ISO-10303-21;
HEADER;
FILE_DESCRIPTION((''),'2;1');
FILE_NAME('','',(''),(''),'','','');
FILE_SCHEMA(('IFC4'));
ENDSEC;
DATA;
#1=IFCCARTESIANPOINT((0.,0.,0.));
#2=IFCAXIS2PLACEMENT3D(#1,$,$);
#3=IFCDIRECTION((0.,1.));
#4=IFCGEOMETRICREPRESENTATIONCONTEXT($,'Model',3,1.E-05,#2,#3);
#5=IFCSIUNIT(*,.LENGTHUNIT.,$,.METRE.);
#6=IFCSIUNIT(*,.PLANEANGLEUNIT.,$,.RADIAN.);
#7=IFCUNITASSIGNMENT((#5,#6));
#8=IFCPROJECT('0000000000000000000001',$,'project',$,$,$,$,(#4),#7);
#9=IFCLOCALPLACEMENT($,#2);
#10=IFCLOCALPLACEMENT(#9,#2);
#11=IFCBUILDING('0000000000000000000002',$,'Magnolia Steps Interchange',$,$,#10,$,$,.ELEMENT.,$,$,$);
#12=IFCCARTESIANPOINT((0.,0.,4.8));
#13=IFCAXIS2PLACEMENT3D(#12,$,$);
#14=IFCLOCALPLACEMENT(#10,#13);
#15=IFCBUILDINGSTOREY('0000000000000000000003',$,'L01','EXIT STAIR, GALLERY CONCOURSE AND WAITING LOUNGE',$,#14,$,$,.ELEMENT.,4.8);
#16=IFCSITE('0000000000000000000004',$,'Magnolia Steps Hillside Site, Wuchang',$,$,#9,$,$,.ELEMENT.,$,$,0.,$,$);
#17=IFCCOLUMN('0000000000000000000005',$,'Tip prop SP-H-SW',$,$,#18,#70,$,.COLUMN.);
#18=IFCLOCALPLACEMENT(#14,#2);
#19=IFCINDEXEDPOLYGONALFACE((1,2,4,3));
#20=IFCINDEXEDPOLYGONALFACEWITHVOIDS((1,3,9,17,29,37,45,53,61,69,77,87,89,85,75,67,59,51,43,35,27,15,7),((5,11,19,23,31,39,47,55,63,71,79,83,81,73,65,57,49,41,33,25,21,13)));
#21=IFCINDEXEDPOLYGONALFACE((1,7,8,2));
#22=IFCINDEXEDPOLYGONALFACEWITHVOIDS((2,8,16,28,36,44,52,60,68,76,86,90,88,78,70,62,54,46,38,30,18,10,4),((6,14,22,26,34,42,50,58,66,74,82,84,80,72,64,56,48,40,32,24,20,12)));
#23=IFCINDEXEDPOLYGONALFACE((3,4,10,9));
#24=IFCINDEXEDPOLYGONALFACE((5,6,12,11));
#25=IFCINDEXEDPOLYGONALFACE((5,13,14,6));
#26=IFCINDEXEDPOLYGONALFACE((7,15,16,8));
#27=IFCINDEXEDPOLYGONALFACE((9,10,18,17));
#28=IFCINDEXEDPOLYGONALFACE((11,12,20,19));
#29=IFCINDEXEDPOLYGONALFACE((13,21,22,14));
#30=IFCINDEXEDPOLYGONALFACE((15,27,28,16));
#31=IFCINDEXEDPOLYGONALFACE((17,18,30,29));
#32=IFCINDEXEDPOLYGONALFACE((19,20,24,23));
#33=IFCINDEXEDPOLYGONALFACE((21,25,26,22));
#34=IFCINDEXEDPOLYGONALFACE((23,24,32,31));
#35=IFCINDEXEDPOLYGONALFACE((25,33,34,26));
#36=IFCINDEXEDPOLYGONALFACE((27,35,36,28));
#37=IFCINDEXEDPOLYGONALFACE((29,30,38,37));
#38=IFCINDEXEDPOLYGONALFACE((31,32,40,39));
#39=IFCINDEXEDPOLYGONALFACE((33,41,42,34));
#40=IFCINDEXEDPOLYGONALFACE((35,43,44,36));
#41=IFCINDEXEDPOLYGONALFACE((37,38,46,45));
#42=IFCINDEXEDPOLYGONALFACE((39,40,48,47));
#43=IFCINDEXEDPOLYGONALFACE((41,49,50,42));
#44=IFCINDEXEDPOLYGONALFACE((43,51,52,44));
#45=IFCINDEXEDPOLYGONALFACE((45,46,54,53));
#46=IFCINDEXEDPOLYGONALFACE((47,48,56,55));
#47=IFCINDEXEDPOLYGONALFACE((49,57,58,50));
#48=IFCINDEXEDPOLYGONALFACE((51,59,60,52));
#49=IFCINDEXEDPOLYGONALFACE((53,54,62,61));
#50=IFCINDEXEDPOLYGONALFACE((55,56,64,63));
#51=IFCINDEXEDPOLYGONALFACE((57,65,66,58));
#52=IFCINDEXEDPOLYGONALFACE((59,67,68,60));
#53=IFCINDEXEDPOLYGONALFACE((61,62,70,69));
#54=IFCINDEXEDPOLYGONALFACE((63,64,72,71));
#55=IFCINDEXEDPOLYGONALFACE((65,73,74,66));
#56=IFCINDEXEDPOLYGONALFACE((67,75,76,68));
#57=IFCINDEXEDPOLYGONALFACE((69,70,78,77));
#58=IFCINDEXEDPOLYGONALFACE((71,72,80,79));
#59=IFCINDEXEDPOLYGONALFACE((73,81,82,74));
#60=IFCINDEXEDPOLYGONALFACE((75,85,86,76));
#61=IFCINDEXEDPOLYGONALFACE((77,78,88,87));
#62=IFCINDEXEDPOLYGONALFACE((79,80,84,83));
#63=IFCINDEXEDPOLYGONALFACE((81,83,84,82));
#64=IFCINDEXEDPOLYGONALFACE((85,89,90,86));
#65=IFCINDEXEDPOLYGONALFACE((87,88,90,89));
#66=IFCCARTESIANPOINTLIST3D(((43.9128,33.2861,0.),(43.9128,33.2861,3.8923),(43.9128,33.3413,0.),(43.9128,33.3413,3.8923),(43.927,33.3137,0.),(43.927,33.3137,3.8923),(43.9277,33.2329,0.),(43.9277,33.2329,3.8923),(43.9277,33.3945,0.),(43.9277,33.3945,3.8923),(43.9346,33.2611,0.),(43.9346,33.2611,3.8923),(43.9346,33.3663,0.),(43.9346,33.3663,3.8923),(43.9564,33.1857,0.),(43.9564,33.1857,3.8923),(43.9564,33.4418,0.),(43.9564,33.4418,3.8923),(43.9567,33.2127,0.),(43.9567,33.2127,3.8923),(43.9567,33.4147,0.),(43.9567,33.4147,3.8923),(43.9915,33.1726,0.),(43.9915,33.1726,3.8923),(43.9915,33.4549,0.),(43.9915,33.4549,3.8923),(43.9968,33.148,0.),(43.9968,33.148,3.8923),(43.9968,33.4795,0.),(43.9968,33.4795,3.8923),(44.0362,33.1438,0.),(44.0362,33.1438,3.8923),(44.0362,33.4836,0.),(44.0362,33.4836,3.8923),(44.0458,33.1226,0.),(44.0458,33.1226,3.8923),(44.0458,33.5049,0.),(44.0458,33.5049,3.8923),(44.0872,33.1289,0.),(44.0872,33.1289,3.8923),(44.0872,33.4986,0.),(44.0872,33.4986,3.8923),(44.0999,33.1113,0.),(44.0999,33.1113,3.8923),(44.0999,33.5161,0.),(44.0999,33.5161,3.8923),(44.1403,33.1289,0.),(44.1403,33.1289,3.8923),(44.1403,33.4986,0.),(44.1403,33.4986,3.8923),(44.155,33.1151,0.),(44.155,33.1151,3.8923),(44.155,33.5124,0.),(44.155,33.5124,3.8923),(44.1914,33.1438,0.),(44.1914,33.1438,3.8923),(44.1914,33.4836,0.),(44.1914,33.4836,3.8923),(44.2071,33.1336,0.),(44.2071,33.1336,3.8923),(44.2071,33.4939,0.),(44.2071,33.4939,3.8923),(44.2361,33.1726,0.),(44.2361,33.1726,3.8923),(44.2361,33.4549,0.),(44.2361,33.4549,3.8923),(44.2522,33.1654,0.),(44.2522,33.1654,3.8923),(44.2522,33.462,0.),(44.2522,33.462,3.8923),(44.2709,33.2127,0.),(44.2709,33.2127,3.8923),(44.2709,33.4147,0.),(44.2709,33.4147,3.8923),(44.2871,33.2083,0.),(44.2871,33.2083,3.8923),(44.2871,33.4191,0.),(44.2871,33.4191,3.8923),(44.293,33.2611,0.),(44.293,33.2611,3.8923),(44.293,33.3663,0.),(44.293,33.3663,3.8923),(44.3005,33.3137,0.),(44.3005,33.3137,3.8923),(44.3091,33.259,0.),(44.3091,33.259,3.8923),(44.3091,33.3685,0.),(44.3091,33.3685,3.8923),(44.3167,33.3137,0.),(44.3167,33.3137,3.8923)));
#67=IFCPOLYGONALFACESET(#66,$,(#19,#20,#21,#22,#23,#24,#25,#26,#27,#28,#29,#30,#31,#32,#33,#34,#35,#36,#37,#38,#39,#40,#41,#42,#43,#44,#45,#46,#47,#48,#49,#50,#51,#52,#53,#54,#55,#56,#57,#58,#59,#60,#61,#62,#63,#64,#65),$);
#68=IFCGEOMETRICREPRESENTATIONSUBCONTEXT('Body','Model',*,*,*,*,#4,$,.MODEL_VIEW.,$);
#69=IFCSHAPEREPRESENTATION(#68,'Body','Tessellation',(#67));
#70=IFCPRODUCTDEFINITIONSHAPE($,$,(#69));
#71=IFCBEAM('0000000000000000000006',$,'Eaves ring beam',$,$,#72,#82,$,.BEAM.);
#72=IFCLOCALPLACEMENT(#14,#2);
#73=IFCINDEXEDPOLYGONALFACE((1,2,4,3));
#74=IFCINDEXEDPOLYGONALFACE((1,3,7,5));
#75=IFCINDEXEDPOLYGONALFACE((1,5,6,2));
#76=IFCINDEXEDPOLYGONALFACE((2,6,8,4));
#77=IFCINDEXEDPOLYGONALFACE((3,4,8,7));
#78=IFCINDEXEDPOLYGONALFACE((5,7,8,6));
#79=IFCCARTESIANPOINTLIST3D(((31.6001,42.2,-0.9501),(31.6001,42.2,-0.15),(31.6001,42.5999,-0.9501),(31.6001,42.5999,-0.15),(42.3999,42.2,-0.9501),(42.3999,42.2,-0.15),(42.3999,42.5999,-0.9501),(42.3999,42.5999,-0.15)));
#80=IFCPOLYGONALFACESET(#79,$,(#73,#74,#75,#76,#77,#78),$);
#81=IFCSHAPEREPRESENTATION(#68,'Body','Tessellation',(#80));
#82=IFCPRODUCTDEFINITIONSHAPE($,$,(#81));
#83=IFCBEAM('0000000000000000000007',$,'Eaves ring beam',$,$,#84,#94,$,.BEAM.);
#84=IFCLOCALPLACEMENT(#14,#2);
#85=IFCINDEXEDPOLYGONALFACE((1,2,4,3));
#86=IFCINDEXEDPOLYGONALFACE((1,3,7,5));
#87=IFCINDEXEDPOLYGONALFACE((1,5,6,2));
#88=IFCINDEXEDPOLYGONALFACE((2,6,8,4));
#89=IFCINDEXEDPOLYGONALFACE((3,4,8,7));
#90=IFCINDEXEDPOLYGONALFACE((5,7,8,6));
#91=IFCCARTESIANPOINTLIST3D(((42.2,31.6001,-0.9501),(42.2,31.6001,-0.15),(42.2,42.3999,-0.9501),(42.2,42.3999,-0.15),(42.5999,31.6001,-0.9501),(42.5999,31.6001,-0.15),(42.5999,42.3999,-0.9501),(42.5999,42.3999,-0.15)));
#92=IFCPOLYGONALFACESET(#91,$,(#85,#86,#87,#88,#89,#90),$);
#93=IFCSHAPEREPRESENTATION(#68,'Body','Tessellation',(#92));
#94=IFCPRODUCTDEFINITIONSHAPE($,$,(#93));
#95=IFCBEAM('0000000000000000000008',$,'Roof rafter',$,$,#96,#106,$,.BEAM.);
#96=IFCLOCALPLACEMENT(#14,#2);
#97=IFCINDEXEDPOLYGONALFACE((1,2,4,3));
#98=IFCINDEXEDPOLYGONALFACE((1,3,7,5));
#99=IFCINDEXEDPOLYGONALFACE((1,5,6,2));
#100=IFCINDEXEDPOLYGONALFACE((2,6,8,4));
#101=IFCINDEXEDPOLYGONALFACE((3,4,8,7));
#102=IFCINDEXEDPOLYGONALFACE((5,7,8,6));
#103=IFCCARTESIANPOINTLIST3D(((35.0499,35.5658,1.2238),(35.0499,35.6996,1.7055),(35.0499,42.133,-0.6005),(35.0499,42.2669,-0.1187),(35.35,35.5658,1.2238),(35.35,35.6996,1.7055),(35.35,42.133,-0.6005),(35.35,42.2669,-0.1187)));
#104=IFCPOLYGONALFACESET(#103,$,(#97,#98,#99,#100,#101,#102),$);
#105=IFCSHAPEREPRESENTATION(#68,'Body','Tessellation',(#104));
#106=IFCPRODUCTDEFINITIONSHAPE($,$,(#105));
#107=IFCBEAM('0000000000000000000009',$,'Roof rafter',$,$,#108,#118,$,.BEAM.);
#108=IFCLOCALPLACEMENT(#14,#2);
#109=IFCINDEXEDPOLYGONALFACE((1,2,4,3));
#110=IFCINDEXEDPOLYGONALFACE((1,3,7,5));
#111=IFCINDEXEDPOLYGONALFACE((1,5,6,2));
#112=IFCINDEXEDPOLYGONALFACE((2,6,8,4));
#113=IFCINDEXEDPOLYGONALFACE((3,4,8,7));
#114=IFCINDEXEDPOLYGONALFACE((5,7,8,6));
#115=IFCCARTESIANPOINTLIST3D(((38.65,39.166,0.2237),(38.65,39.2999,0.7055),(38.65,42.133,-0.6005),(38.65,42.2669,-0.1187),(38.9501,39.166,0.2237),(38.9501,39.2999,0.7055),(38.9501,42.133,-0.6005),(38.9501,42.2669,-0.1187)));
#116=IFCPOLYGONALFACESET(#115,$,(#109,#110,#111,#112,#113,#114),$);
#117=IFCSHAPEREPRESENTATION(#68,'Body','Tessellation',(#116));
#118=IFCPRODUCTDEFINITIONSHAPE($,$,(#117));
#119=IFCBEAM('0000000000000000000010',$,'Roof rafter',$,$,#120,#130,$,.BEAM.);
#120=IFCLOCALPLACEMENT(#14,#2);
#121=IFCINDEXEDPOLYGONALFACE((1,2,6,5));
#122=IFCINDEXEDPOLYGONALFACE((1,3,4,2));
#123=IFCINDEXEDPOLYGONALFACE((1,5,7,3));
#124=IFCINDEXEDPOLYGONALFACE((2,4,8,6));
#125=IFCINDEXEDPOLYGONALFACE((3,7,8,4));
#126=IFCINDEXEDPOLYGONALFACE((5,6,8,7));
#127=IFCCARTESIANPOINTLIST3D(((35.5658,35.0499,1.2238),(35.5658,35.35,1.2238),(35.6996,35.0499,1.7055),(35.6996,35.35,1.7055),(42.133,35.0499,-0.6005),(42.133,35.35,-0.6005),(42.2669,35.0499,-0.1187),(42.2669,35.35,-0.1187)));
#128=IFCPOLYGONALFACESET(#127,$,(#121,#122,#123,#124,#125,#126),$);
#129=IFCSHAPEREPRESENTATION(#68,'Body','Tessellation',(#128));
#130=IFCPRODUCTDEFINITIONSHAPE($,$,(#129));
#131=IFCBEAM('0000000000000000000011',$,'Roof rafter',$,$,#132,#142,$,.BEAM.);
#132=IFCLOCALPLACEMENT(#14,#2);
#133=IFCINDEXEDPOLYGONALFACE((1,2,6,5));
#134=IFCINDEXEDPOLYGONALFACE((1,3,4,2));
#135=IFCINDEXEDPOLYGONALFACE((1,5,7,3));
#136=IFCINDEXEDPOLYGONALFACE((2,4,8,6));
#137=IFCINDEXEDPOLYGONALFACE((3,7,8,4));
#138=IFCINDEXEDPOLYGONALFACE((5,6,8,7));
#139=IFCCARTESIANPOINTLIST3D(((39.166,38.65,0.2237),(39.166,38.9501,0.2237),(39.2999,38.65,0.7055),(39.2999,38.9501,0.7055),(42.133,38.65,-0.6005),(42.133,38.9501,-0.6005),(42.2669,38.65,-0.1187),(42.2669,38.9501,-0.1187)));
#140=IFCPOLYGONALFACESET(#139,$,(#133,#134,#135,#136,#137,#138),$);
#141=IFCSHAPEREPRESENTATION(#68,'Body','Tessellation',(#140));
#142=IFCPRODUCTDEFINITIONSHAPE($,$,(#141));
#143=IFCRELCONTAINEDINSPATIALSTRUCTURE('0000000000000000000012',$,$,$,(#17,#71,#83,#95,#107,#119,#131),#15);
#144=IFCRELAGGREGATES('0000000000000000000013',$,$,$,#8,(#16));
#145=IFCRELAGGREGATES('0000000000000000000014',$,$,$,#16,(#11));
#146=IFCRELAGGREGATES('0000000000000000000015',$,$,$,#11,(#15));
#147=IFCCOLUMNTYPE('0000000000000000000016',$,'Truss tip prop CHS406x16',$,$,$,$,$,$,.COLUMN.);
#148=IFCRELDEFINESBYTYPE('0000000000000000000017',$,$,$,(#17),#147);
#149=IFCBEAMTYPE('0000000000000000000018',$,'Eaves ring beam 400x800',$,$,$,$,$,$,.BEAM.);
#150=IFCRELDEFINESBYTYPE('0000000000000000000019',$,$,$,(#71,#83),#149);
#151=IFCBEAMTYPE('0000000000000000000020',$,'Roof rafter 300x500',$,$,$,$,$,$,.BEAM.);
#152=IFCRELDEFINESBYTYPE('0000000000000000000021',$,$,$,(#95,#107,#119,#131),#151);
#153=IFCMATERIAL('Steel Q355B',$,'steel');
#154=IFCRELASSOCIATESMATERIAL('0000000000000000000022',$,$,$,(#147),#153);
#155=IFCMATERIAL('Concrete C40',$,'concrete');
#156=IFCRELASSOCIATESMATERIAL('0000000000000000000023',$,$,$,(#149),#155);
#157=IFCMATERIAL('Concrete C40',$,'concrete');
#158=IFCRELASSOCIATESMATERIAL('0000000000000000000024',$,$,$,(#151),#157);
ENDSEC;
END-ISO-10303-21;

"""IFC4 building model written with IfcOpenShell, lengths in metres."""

from ifc_helpers import new_model, si_unit, direction, frame, origin, origin_2d, place, context, subcontext, project, spatial, rectangle, hollow_circle, extrude, material, material_profile, profile_set, type_object, element, save


model = new_model("IFC4")

# Units and contexts
model_context = context("Model", 3, precision=1e-05, world=origin(), true_north=direction((0.0, 1.0)))
body_context = subcontext(model_context, "Body", "Model", "MODEL_VIEW")
ifc_project = project(units=[si_unit("LENGTHUNIT", "METRE"), si_unit("PLANEANGLEUNIT", "RADIAN")], contexts=[model_context])

# Site, building, storey
site_placement = place(None, origin())
site = spatial("IfcSite", under=ifc_project, at=site_placement, Name="Magnolia Steps Hillside Site, Wuchang", CompositionType="ELEMENT", RefElevation=0.0)
building_placement = place(site_placement, origin())
building = spatial("IfcBuilding", under=site, at=building_placement, Name="Magnolia Steps Interchange", CompositionType="ELEMENT")
storey_placement = place(building_placement, frame((0.0, 0.0, 4.8)))
storey = spatial("IfcBuildingStorey", under=building, at=storey_placement, Name="L01", Description="EXIT STAIR, GALLERY CONCOURSE AND WAITING LOUNGE", CompositionType="ELEMENT", Elevation=4.8)

# Column
ifc_material_1 = material(Name="Steel Q355B", Category="steel")
ifc_material_profile_1 = material_profile(ifc_material_1, hollow_circle(Radius=0.2029, WallThickness=0.0161, at=origin_2d()), Name="CHS406x16")
ifc_profile_set_1 = profile_set([ifc_material_profile_1], Name="Steel Q355B")
column_type = type_object("IfcColumnType", Name="Truss tip prop CHS406x16", PredefinedType="COLUMN", material=ifc_profile_set_1)
column_placement = place(storey_placement, frame((44.1138, 33.3137, 0.0), z_axis=(0.0, 0.0, 1.0), x_axis=(1.0, 0.0, 0.0)))
element("IfcColumn", 1, at=column_placement, inside=storey, type_object=column_type, Name="Tip prop SP-H-SW", PredefinedType="COLUMN", context=body_context, shape_type="SweptSolid", body=[
    extrude(hollow_circle(Radius=0.2029, WallThickness=0.0161, at=origin_2d()), origin(), (0.0, 0.0, 1.0), 3.8923),
])

# Beams
ifc_material_2 = material(Name="Concrete C40", Category="concrete")
ifc_material_profile_2 = material_profile(ifc_material_2, rectangle(XDim=0.3999, YDim=0.8, at=origin_2d()), Name="RC400x800")
ifc_profile_set_2 = profile_set([ifc_material_profile_2], Name="Concrete C40")
beam_type_1 = type_object("IfcBeamType", Name="Eaves ring beam 400x800", PredefinedType="BEAM", material=ifc_profile_set_2)
for number, where, z_axis, x_axis, name in (
    (2, (31.6001, 42.3999, -0.55), (1.0, 0.0, 0.0), (0.0, 1.0, 0.0), "Eaves ring beam"),
    (3, (42.3999, 31.6001, -0.55), (0.0, 1.0, 0.0), (-1.0, 0.0, 0.0), "Eaves ring beam"),
):
    element("IfcBeam", number, at=place(storey_placement, frame(where, z_axis=z_axis, x_axis=x_axis)), inside=storey, type_object=beam_type_1, Name=name, PredefinedType="BEAM", context=body_context, shape_type="SweptSolid", body=[
        extrude(rectangle(XDim=0.3999, YDim=0.8, at=origin_2d()), origin(), (0.0, 0.0, 1.0), 10.7998),
    ])
ifc_material_3 = material(Name="Concrete C40", Category="concrete")
ifc_material_profile_3 = material_profile(ifc_material_3, rectangle(XDim=0.3, YDim=0.5, at=origin_2d()), Name="RC300x500")
ifc_profile_set_3 = profile_set([ifc_material_profile_3], Name="Concrete C40")
beam_type_2 = type_object("IfcBeamType", Name="Roof rafter 300x500", PredefinedType="BEAM", material=ifc_profile_set_3)
beam_1_placement = place(storey_placement, frame((35.2, 42.2, -0.3596), z_axis=(0.0, -0.963517, 0.267646), x_axis=(1.0, 0.0, 0.0)))
element("IfcBeam", 4, at=beam_1_placement, inside=storey, type_object=beam_type_2, Name="Roof rafter", PredefinedType="BEAM", context=body_context, shape_type="SweptSolid", body=[
    extrude(rectangle(XDim=0.3, YDim=0.5, at=origin_2d()), origin(), (0.0, 0.0, 1.0), 6.8159),
])
beam_2_placement = place(storey_placement, frame((38.8, 42.2, -0.3596), z_axis=(0.0, -0.963515, 0.267656), x_axis=(1.0, 0.0, 0.0)))
element("IfcBeam", 5, at=beam_2_placement, inside=storey, type_object=beam_type_2, Name="Roof rafter", PredefinedType="BEAM", context=body_context, shape_type="SweptSolid", body=[
    extrude(rectangle(XDim=0.3, YDim=0.5, at=origin_2d()), origin(), (0.0, 0.0, 1.0), 3.0793),
])
beam_3_placement = place(storey_placement, frame((42.2, 35.2, -0.3596), z_axis=(-0.963517, 0.0, 0.267646), x_axis=(0.0, -1.0, 0.0)))
element("IfcBeam", 6, at=beam_3_placement, inside=storey, type_object=beam_type_2, Name="Roof rafter", PredefinedType="BEAM", context=body_context, shape_type="SweptSolid", body=[
    extrude(rectangle(XDim=0.3, YDim=0.5, at=origin_2d()), origin(), (0.0, 0.0, 1.0), 6.8159),
])
beam_4_placement = place(storey_placement, frame((42.2, 38.8, -0.3596), z_axis=(-0.963515, 0.0, 0.267656), x_axis=(0.0, -1.0, 0.0)))
element("IfcBeam", 7, at=beam_4_placement, inside=storey, type_object=beam_type_2, Name="Roof rafter", PredefinedType="BEAM", context=body_context, shape_type="SweptSolid", body=[
    extrude(rectangle(XDim=0.3, YDim=0.5, at=origin_2d()), origin(), (0.0, 0.0, 1.0), 3.0793),
])

save(model, "model.ifc")
